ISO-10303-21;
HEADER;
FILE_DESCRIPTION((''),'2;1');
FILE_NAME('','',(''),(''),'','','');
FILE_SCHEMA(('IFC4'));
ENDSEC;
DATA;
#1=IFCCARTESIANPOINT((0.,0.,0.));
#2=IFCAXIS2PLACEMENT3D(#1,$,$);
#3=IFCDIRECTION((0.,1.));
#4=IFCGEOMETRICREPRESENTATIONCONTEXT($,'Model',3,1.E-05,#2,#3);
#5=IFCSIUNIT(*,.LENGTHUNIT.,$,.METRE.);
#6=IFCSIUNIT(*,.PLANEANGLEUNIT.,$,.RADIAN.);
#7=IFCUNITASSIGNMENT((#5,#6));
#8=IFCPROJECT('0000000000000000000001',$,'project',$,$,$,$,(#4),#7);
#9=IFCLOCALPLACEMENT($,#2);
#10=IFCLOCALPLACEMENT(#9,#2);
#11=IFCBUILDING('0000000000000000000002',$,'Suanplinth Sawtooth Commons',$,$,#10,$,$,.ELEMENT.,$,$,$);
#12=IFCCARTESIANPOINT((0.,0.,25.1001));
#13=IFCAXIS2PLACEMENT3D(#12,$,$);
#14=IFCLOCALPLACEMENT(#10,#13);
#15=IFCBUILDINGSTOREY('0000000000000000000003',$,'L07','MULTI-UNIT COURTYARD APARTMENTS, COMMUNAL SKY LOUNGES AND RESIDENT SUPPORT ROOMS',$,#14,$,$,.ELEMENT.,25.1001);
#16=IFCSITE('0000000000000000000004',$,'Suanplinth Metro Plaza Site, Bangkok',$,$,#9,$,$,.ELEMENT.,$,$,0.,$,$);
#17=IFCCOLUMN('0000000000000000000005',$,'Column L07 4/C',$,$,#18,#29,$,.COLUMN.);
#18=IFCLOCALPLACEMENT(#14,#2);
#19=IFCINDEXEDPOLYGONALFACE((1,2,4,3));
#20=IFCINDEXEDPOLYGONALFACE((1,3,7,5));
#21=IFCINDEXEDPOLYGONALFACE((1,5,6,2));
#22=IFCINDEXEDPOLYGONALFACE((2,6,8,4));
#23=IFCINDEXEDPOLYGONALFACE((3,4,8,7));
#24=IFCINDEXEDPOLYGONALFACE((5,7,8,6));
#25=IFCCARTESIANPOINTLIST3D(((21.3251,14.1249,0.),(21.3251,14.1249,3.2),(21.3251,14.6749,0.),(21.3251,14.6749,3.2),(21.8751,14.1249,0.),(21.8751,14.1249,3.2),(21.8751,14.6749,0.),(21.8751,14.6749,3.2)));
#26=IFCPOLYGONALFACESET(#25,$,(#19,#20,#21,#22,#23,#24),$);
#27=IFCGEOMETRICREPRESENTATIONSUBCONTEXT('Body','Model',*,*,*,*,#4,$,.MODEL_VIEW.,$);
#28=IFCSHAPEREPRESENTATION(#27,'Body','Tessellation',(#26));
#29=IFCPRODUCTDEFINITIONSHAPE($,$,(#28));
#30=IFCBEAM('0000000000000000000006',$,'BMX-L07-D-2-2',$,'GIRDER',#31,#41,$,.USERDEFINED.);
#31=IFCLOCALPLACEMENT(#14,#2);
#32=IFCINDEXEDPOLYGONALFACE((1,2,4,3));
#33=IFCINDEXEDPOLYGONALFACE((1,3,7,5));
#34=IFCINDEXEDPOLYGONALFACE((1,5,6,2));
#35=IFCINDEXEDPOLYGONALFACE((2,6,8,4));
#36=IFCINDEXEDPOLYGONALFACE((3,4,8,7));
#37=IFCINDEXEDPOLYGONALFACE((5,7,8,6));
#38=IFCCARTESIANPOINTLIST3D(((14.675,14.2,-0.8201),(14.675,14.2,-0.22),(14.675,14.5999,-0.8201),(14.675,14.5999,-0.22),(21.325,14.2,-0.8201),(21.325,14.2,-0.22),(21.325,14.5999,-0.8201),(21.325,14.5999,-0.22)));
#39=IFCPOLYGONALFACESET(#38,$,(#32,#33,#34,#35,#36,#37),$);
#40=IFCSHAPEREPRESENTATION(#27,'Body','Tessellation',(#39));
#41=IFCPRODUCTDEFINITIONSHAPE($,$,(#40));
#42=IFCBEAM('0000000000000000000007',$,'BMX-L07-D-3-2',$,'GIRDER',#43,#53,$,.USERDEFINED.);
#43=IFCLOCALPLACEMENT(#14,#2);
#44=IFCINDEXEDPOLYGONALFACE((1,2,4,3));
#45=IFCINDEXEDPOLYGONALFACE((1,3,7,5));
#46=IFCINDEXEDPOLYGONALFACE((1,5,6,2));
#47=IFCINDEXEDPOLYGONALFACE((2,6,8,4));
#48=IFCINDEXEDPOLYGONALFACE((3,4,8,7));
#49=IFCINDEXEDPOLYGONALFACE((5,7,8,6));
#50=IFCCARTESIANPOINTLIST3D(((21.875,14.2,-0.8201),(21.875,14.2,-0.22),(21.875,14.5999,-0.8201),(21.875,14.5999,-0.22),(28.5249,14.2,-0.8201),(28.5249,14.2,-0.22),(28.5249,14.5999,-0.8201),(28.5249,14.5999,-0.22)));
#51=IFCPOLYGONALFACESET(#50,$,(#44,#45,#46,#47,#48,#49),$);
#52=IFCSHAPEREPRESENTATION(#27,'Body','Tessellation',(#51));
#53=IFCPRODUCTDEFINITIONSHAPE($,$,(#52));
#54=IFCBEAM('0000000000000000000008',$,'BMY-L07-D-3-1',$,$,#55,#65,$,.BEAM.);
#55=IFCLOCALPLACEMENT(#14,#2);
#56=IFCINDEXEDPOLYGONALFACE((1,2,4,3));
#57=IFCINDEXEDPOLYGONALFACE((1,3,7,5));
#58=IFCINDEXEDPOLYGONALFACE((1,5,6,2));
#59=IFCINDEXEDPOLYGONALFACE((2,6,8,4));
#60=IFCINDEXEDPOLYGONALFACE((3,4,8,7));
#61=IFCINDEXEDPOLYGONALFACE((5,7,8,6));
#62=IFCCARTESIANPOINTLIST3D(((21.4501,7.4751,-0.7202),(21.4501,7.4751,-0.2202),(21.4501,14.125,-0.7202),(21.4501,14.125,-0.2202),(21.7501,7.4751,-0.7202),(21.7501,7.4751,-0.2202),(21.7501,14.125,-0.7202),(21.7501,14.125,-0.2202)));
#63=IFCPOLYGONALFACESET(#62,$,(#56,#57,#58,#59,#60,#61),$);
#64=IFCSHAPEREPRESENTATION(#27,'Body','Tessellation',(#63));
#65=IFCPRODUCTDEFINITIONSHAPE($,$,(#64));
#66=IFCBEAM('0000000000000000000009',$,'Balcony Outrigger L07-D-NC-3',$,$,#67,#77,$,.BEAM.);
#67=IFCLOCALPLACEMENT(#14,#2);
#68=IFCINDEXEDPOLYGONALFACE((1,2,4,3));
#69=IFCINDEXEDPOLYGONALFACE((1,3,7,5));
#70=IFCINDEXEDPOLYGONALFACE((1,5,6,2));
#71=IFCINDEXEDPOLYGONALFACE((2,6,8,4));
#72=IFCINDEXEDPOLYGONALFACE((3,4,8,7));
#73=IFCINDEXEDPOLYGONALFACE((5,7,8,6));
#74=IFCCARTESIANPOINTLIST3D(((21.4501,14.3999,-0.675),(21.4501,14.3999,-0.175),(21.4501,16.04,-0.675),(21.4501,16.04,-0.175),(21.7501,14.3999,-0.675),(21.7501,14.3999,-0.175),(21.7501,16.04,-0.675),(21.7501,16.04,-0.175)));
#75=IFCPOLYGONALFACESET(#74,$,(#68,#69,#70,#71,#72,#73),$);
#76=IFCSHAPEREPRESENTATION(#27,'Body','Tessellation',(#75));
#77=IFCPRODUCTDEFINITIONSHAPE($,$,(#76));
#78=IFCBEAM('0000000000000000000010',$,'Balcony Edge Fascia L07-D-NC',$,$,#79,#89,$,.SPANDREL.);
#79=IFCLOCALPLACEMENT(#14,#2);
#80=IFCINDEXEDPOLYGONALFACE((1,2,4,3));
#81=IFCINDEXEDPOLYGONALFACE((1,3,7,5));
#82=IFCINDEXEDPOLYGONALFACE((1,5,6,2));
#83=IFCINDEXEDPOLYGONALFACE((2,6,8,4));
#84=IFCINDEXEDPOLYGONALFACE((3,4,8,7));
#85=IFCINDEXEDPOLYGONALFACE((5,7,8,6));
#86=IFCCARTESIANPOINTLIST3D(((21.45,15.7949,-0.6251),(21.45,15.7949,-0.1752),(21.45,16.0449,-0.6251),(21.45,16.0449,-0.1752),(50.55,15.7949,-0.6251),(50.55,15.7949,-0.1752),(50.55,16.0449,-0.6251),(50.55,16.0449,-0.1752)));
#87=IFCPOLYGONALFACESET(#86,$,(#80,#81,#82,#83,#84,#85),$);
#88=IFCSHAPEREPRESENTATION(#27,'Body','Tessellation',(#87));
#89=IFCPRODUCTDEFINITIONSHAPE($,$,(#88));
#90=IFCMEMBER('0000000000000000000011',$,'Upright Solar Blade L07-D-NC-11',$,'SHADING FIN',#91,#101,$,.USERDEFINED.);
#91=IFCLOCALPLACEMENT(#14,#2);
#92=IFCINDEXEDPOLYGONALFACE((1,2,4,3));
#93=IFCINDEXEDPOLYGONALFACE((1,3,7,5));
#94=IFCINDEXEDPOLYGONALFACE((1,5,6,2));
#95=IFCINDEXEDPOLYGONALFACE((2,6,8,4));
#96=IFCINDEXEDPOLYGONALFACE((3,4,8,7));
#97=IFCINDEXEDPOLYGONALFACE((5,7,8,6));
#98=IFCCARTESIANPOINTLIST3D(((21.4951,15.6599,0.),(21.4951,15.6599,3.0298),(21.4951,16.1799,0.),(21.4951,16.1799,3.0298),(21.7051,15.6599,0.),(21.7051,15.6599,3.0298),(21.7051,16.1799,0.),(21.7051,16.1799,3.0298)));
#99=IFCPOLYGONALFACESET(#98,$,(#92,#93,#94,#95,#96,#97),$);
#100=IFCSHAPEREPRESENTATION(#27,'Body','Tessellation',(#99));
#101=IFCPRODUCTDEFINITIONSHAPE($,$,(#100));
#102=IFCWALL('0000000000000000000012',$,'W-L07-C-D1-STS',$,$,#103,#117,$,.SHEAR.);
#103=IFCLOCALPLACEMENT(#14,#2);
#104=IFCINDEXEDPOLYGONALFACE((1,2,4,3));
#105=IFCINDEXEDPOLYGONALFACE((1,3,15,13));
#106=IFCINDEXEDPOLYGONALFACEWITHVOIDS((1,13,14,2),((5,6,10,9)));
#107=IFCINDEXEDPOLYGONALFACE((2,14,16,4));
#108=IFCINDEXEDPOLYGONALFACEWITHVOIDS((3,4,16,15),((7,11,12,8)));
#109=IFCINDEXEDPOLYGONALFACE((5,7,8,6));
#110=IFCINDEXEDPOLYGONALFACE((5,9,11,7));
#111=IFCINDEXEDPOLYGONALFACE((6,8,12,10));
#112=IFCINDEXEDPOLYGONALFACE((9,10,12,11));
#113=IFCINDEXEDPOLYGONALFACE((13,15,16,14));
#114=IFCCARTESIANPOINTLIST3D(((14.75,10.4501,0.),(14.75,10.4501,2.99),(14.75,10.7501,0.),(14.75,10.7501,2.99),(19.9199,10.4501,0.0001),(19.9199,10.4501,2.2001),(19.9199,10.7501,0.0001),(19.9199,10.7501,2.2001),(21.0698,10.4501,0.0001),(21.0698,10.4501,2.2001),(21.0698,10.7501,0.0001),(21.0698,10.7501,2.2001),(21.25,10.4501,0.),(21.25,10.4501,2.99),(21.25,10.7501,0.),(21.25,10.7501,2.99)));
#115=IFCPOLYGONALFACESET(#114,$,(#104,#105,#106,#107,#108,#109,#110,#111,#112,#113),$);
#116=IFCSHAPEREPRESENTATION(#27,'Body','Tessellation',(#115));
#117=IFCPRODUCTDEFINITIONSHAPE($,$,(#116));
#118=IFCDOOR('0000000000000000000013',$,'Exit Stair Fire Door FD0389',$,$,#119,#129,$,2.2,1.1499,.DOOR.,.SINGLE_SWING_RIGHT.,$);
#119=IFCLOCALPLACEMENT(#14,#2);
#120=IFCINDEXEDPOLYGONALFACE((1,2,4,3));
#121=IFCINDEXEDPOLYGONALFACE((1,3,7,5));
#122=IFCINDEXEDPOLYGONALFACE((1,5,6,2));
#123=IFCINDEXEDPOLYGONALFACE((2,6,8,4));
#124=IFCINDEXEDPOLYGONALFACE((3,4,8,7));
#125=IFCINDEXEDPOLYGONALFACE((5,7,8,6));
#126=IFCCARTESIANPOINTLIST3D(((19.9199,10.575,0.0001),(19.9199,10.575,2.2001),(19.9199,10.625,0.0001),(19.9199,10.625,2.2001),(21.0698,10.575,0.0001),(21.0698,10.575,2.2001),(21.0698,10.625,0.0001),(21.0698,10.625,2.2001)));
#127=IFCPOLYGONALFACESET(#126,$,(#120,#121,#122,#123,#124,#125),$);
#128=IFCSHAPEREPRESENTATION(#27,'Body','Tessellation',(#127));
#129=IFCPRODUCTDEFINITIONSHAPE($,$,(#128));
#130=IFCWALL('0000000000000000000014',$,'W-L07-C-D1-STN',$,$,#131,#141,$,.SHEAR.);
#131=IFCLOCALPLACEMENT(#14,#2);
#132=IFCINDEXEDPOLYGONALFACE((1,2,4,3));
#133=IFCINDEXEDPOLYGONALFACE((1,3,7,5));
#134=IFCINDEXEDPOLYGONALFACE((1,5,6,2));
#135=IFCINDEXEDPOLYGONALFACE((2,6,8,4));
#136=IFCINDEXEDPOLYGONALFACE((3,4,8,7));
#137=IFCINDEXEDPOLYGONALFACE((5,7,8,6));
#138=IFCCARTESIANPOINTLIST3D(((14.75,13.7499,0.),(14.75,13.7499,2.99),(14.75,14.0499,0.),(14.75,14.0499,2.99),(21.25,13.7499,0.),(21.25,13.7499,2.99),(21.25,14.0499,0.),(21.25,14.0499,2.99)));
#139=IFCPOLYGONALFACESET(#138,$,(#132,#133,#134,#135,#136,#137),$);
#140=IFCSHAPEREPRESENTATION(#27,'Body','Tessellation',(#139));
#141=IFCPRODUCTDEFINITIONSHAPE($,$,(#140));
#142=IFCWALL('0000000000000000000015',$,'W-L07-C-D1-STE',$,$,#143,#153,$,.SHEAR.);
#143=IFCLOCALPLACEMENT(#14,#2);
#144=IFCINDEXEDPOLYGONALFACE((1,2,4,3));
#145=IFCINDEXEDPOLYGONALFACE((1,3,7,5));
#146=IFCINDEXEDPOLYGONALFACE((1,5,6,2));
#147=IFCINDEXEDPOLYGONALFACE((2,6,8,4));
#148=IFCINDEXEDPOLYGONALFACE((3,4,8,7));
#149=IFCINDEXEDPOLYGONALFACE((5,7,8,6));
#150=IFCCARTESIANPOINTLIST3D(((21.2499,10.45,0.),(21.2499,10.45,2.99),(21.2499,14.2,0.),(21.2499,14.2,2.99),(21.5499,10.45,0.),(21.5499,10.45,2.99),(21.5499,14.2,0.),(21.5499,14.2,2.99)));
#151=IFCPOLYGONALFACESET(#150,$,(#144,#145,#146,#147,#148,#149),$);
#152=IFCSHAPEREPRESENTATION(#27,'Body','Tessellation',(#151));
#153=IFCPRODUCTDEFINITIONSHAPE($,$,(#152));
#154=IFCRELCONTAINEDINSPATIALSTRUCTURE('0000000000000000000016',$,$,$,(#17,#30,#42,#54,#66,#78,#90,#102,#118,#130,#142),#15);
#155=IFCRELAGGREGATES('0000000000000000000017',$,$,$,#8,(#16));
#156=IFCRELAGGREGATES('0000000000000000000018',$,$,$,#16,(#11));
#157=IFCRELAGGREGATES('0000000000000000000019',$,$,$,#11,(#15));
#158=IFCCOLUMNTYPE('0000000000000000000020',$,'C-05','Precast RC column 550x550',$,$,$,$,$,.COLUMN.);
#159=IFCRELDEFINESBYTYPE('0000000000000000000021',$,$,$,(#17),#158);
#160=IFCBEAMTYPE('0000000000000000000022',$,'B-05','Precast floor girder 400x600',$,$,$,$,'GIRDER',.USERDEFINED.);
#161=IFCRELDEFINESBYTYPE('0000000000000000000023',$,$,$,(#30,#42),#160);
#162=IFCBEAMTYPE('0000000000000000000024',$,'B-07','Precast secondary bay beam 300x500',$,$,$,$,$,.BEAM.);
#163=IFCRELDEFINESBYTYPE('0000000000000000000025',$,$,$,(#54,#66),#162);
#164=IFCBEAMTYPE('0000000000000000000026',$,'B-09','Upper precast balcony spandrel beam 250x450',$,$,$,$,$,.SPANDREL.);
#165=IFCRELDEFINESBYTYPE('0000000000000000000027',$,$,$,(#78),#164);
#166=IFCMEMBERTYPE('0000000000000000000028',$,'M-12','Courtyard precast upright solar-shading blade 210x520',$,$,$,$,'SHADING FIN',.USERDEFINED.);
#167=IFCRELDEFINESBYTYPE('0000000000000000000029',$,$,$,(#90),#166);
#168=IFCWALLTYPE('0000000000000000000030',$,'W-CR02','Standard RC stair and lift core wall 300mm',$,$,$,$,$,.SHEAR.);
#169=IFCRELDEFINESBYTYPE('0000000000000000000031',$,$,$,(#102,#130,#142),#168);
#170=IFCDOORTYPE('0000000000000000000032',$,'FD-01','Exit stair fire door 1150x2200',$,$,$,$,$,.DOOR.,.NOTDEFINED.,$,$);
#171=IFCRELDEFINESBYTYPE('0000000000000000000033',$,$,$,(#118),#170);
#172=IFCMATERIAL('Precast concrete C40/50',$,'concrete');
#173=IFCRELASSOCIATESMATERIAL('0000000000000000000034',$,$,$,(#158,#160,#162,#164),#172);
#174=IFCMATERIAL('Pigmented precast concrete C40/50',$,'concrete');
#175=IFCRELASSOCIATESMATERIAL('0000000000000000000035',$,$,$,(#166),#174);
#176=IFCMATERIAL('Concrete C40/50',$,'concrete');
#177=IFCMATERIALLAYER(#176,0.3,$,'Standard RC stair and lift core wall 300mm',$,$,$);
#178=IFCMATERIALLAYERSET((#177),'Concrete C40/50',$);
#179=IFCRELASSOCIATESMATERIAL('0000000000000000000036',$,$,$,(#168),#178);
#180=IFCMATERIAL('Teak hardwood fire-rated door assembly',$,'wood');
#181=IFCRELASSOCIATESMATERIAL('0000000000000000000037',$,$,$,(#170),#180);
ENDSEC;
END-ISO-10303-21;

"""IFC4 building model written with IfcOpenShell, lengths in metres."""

from ifc_helpers import new_model, si_unit, direction, frame, frame_2d, origin, origin_2d, place, context, subcontext, project, spatial, rectangle, extrude, material, layer, layer_set, material_profile, profile_set, type_object, element, fill, save


model = new_model("IFC4")

# Units and contexts
model_context = context("Model", 3, precision=1e-05, world=origin(), true_north=direction((0.0, 1.0)))
body_context = subcontext(model_context, "Body", "Model", "MODEL_VIEW")
ifc_project = project(units=[si_unit("LENGTHUNIT", "METRE"), si_unit("PLANEANGLEUNIT", "RADIAN")], contexts=[model_context])

# Site, building, storey
site_placement = place(None, origin())
site = spatial("IfcSite", under=ifc_project, at=site_placement, Name="Suanplinth Metro Plaza Site, Bangkok", CompositionType="ELEMENT", RefElevation=0.0)
building_placement = place(site_placement, origin())
building = spatial("IfcBuilding", under=site, at=building_placement, Name="Suanplinth Sawtooth Commons", CompositionType="ELEMENT")
storey_placement = place(building_placement, frame((0.0, 0.0, 25.1001)))
storey = spatial("IfcBuildingStorey", under=building, at=storey_placement, Name="L07", Description="MULTI-UNIT COURTYARD APARTMENTS, COMMUNAL SKY LOUNGES AND RESIDENT SUPPORT ROOMS", CompositionType="ELEMENT", Elevation=25.1001)

# Column
ifc_material_1 = material(Name="Precast concrete C40/50", Category="concrete")
ifc_material_profile_1 = material_profile(ifc_material_1, rectangle(XDim=0.55, YDim=0.55, at=origin_2d()), Name="PC-COL 550x550")
ifc_profile_set_1 = profile_set([ifc_material_profile_1], Name="Precast concrete C40/50")
column_type = type_object("IfcColumnType", Name="C-05", Description="Precast RC column 550x550", PredefinedType="COLUMN", material=ifc_profile_set_1)
column_placement = place(storey_placement, frame((21.6001, 14.3999, 0.0), z_axis=(0.0, 0.0, 1.0), x_axis=(1.0, 0.0, 0.0)))
element("IfcColumn", 1, at=column_placement, inside=storey, type_object=column_type, Name="Column L07 4/C", PredefinedType="COLUMN", context=body_context, shape_type="SweptSolid", body=[
    extrude(rectangle(XDim=0.55, YDim=0.55, at=origin_2d()), origin(), (0.0, 0.0, 1.0), 3.2),
])

# Beams
ifc_material_profile_2 = material_profile(ifc_material_1, rectangle(XDim=0.3999, YDim=0.6001, at=origin_2d()), Name="PC-GDR 400x600")
ifc_profile_set_2 = profile_set([ifc_material_profile_2], Name="Precast concrete C40/50")
beam_type_1 = type_object("IfcBeamType", Name="B-05", Description="Precast floor girder 400x600", ElementType="GIRDER", PredefinedType="USERDEFINED", material=ifc_profile_set_2)
for number, where, z_axis, x_axis, name in (
    (2, (14.675, 14.3999, -0.52), (1.0, 0.0, 0.0), (0.0, 1.0, 0.0), "BMX-L07-D-2-2"),
    (3, (21.875, 14.3999, -0.52), (1.0, 0.0, 0.0), (0.0, 1.0, 0.0), "BMX-L07-D-3-2"),
):
    element("IfcBeam", number, at=place(storey_placement, frame(where, z_axis=z_axis, x_axis=x_axis)), inside=storey, type_object=beam_type_1, Name=name, ObjectType="GIRDER", PredefinedType="USERDEFINED", context=body_context, shape_type="SweptSolid", body=[
        extrude(rectangle(XDim=0.3999, YDim=0.6001, at=origin_2d()), origin(), (0.0, 0.0, 1.0), 6.6499),
    ])
ifc_material_profile_3 = material_profile(ifc_material_1, rectangle(XDim=0.3, YDim=0.5, at=origin_2d()), Name="PC-BM 300x500")
ifc_profile_set_3 = profile_set([ifc_material_profile_3], Name="Precast concrete C40/50")
beam_type_2 = type_object("IfcBeamType", Name="B-07", Description="Precast secondary bay beam 300x500", PredefinedType="BEAM", material=ifc_profile_set_3)
beam_1_placement = place(storey_placement, frame((21.6001, 7.4751, -0.4702), z_axis=(0.0, 1.0, 0.0), x_axis=(-1.0, 0.0, 0.0)))
element("IfcBeam", 4, at=beam_1_placement, inside=storey, type_object=beam_type_2, Name="BMY-L07-D-3-1", PredefinedType="BEAM", context=body_context, shape_type="SweptSolid", body=[
    extrude(rectangle(XDim=0.3, YDim=0.5, at=origin_2d()), origin(), (0.0, 0.0, 1.0), 6.6499),
])
beam_2_placement = place(storey_placement, frame((21.6001, 14.3999, -0.425), z_axis=(0.0, 1.0, 0.0), x_axis=(-1.0, 0.0, 0.0)))
element("IfcBeam", 5, at=beam_2_placement, inside=storey, type_object=beam_type_2, Name="Balcony Outrigger L07-D-NC-3", PredefinedType="BEAM", context=body_context, shape_type="SweptSolid", body=[
    extrude(rectangle(XDim=0.3, YDim=0.5, at=origin_2d()), origin(), (0.0, 0.0, 1.0), 1.6401),
])
ifc_material_profile_4 = material_profile(ifc_material_1, rectangle(XDim=0.25, YDim=0.45, at=origin_2d()), Name="PC-SP 250x450")
ifc_profile_set_4 = profile_set([ifc_material_profile_4], Name="Precast concrete C40/50")
beam_type_3 = type_object("IfcBeamType", Name="B-09", Description="Upper precast balcony spandrel beam 250x450", PredefinedType="SPANDREL", material=ifc_profile_set_4)
beam_3_placement = place(storey_placement, frame((21.45, 15.9199, -0.4001), z_axis=(1.0, 0.0, 0.0), x_axis=(0.0, 1.0, 0.0)))
element("IfcBeam", 6, at=beam_3_placement, inside=storey, type_object=beam_type_3, Name="Balcony Edge Fascia L07-D-NC", PredefinedType="SPANDREL", context=body_context, shape_type="SweptSolid", body=[
    extrude(rectangle(XDim=0.25, YDim=0.45, at=origin_2d()), origin(), (0.0, 0.0, 1.0), 29.1001),
])

# Member
ifc_material_2 = material(Name="Pigmented precast concrete C40/50", Category="concrete")
ifc_material_profile_5 = material_profile(ifc_material_2, rectangle(XDim=0.21, YDim=0.52, at=origin_2d()), Name="PC-FIN 210x520")
ifc_profile_set_5 = profile_set([ifc_material_profile_5], Name="Pigmented precast concrete C40/50")
member_type = type_object("IfcMemberType", Name="M-12", Description="Courtyard precast upright solar-shading blade 210x520", ElementType="SHADING FIN", PredefinedType="USERDEFINED", material=ifc_profile_set_5)
member_placement = place(storey_placement, frame((21.6001, 15.9199, 0.0), z_axis=(0.0, 0.0, 1.0), x_axis=(1.0, 0.0, 0.0)))
element("IfcMember", 7, at=member_placement, inside=storey, type_object=member_type, Name="Upright Solar Blade L07-D-NC-11", ObjectType="SHADING FIN", PredefinedType="USERDEFINED", context=body_context, shape_type="SweptSolid", body=[
    extrude(rectangle(XDim=0.21, YDim=0.52, at=origin_2d()), origin(), (0.0, 0.0, 1.0), 3.0298),
])

# Wall, opening, door
ifc_material_3 = material(Name="Concrete C40/50", Category="concrete")
ifc_layer_1 = layer(ifc_material_3, 0.3, Name="Standard RC stair and lift core wall 300mm")
ifc_layer_set_1 = layer_set([ifc_layer_1], Name="Concrete C40/50")
wall_type_1 = type_object("IfcWallType", Name="W-CR02", Description="Standard RC stair and lift core wall 300mm", PredefinedType="SHEAR", material=ifc_layer_set_1)
wall_1_placement = place(storey_placement, frame((14.75, 10.6001, 0.0), z_axis=(0.0, 0.0, 1.0), x_axis=(1.0, 0.0, 0.0)))
wall_1 = element("IfcWall", 8, at=wall_1_placement, inside=storey, type_object=wall_type_1, Name="W-L07-C-D1-STS", PredefinedType="SHEAR", context=body_context, shape_type="SweptSolid", body=[
    extrude(rectangle(XDim=6.5, YDim=0.3, at=frame_2d((3.25, 0.0))), origin(), (0.0, 0.0, 1.0), 2.99),
])
opening_1_placement = place(wall_1_placement, frame((5.1699, 0.0, 0.0)))
opening_1 = element("IfcOpeningElement", 9, at=opening_1_placement, cuts=wall_1, PredefinedType="OPENING", context=body_context, shape_type="SweptSolid", body=[
    extrude(rectangle(XDim=1.1499, YDim=2.2, at=frame_2d((0.575, 1.1001))), frame((0.0, 0.165, 0.0), z_axis=(0.0, -1.0, 0.0), x_axis=(1.0, 0.0, 0.0)), (0.0, 0.0, 1.0), 0.3298),
])
ifc_material_4 = material(Name="Teak hardwood fire-rated door assembly", Category="wood")
door_type_1 = type_object("IfcDoorType", Name="FD-01", Description="Exit stair fire door 1150x2200", OperationType="NOTDEFINED", PredefinedType="DOOR", material=ifc_material_4)
door_1_placement = place(opening_1_placement, origin())
door_1 = element("IfcDoor", 10, at=door_1_placement, inside=storey, type_object=door_type_1, Name="Exit Stair Fire Door FD0389", OperationType="SINGLE_SWING_RIGHT", OverallHeight=2.2, OverallWidth=1.1499, PredefinedType="DOOR", context=body_context, shape_type="SweptSolid", body=[
    extrude(rectangle(XDim=1.1499, YDim=2.2, at=frame_2d((0.575, 1.1001))), frame((0.0, 0.0249, 0.0), z_axis=(0.0, -1.0, 0.0), x_axis=(1.0, 0.0, 0.0)), (0.0, 0.0, 1.0), 0.05),
])
fill(opening_1, door_1)

# Walls
wall_2_placement = place(storey_placement, frame((14.75, 13.8999, 0.0), z_axis=(0.0, 0.0, 1.0), x_axis=(1.0, 0.0, 0.0)))
element("IfcWall", 11, at=wall_2_placement, inside=storey, type_object=wall_type_1, Name="W-L07-C-D1-STN", PredefinedType="SHEAR", context=body_context, shape_type="SweptSolid", body=[
    extrude(rectangle(XDim=6.5, YDim=0.3, at=frame_2d((3.25, 0.0))), origin(), (0.0, 0.0, 1.0), 2.99),
])
wall_3_placement = place(storey_placement, frame((21.3999, 10.45, 0.0), z_axis=(0.0, 0.0, 1.0), x_axis=(0.0, 1.0, 0.0)))
element("IfcWall", 12, at=wall_3_placement, inside=storey, type_object=wall_type_1, Name="W-L07-C-D1-STE", PredefinedType="SHEAR", context=body_context, shape_type="SweptSolid", body=[
    extrude(rectangle(XDim=3.75, YDim=0.3, at=frame_2d((1.875, 0.0))), origin(), (0.0, 0.0, 1.0), 2.99),
])

save(model, "model.ifc")
